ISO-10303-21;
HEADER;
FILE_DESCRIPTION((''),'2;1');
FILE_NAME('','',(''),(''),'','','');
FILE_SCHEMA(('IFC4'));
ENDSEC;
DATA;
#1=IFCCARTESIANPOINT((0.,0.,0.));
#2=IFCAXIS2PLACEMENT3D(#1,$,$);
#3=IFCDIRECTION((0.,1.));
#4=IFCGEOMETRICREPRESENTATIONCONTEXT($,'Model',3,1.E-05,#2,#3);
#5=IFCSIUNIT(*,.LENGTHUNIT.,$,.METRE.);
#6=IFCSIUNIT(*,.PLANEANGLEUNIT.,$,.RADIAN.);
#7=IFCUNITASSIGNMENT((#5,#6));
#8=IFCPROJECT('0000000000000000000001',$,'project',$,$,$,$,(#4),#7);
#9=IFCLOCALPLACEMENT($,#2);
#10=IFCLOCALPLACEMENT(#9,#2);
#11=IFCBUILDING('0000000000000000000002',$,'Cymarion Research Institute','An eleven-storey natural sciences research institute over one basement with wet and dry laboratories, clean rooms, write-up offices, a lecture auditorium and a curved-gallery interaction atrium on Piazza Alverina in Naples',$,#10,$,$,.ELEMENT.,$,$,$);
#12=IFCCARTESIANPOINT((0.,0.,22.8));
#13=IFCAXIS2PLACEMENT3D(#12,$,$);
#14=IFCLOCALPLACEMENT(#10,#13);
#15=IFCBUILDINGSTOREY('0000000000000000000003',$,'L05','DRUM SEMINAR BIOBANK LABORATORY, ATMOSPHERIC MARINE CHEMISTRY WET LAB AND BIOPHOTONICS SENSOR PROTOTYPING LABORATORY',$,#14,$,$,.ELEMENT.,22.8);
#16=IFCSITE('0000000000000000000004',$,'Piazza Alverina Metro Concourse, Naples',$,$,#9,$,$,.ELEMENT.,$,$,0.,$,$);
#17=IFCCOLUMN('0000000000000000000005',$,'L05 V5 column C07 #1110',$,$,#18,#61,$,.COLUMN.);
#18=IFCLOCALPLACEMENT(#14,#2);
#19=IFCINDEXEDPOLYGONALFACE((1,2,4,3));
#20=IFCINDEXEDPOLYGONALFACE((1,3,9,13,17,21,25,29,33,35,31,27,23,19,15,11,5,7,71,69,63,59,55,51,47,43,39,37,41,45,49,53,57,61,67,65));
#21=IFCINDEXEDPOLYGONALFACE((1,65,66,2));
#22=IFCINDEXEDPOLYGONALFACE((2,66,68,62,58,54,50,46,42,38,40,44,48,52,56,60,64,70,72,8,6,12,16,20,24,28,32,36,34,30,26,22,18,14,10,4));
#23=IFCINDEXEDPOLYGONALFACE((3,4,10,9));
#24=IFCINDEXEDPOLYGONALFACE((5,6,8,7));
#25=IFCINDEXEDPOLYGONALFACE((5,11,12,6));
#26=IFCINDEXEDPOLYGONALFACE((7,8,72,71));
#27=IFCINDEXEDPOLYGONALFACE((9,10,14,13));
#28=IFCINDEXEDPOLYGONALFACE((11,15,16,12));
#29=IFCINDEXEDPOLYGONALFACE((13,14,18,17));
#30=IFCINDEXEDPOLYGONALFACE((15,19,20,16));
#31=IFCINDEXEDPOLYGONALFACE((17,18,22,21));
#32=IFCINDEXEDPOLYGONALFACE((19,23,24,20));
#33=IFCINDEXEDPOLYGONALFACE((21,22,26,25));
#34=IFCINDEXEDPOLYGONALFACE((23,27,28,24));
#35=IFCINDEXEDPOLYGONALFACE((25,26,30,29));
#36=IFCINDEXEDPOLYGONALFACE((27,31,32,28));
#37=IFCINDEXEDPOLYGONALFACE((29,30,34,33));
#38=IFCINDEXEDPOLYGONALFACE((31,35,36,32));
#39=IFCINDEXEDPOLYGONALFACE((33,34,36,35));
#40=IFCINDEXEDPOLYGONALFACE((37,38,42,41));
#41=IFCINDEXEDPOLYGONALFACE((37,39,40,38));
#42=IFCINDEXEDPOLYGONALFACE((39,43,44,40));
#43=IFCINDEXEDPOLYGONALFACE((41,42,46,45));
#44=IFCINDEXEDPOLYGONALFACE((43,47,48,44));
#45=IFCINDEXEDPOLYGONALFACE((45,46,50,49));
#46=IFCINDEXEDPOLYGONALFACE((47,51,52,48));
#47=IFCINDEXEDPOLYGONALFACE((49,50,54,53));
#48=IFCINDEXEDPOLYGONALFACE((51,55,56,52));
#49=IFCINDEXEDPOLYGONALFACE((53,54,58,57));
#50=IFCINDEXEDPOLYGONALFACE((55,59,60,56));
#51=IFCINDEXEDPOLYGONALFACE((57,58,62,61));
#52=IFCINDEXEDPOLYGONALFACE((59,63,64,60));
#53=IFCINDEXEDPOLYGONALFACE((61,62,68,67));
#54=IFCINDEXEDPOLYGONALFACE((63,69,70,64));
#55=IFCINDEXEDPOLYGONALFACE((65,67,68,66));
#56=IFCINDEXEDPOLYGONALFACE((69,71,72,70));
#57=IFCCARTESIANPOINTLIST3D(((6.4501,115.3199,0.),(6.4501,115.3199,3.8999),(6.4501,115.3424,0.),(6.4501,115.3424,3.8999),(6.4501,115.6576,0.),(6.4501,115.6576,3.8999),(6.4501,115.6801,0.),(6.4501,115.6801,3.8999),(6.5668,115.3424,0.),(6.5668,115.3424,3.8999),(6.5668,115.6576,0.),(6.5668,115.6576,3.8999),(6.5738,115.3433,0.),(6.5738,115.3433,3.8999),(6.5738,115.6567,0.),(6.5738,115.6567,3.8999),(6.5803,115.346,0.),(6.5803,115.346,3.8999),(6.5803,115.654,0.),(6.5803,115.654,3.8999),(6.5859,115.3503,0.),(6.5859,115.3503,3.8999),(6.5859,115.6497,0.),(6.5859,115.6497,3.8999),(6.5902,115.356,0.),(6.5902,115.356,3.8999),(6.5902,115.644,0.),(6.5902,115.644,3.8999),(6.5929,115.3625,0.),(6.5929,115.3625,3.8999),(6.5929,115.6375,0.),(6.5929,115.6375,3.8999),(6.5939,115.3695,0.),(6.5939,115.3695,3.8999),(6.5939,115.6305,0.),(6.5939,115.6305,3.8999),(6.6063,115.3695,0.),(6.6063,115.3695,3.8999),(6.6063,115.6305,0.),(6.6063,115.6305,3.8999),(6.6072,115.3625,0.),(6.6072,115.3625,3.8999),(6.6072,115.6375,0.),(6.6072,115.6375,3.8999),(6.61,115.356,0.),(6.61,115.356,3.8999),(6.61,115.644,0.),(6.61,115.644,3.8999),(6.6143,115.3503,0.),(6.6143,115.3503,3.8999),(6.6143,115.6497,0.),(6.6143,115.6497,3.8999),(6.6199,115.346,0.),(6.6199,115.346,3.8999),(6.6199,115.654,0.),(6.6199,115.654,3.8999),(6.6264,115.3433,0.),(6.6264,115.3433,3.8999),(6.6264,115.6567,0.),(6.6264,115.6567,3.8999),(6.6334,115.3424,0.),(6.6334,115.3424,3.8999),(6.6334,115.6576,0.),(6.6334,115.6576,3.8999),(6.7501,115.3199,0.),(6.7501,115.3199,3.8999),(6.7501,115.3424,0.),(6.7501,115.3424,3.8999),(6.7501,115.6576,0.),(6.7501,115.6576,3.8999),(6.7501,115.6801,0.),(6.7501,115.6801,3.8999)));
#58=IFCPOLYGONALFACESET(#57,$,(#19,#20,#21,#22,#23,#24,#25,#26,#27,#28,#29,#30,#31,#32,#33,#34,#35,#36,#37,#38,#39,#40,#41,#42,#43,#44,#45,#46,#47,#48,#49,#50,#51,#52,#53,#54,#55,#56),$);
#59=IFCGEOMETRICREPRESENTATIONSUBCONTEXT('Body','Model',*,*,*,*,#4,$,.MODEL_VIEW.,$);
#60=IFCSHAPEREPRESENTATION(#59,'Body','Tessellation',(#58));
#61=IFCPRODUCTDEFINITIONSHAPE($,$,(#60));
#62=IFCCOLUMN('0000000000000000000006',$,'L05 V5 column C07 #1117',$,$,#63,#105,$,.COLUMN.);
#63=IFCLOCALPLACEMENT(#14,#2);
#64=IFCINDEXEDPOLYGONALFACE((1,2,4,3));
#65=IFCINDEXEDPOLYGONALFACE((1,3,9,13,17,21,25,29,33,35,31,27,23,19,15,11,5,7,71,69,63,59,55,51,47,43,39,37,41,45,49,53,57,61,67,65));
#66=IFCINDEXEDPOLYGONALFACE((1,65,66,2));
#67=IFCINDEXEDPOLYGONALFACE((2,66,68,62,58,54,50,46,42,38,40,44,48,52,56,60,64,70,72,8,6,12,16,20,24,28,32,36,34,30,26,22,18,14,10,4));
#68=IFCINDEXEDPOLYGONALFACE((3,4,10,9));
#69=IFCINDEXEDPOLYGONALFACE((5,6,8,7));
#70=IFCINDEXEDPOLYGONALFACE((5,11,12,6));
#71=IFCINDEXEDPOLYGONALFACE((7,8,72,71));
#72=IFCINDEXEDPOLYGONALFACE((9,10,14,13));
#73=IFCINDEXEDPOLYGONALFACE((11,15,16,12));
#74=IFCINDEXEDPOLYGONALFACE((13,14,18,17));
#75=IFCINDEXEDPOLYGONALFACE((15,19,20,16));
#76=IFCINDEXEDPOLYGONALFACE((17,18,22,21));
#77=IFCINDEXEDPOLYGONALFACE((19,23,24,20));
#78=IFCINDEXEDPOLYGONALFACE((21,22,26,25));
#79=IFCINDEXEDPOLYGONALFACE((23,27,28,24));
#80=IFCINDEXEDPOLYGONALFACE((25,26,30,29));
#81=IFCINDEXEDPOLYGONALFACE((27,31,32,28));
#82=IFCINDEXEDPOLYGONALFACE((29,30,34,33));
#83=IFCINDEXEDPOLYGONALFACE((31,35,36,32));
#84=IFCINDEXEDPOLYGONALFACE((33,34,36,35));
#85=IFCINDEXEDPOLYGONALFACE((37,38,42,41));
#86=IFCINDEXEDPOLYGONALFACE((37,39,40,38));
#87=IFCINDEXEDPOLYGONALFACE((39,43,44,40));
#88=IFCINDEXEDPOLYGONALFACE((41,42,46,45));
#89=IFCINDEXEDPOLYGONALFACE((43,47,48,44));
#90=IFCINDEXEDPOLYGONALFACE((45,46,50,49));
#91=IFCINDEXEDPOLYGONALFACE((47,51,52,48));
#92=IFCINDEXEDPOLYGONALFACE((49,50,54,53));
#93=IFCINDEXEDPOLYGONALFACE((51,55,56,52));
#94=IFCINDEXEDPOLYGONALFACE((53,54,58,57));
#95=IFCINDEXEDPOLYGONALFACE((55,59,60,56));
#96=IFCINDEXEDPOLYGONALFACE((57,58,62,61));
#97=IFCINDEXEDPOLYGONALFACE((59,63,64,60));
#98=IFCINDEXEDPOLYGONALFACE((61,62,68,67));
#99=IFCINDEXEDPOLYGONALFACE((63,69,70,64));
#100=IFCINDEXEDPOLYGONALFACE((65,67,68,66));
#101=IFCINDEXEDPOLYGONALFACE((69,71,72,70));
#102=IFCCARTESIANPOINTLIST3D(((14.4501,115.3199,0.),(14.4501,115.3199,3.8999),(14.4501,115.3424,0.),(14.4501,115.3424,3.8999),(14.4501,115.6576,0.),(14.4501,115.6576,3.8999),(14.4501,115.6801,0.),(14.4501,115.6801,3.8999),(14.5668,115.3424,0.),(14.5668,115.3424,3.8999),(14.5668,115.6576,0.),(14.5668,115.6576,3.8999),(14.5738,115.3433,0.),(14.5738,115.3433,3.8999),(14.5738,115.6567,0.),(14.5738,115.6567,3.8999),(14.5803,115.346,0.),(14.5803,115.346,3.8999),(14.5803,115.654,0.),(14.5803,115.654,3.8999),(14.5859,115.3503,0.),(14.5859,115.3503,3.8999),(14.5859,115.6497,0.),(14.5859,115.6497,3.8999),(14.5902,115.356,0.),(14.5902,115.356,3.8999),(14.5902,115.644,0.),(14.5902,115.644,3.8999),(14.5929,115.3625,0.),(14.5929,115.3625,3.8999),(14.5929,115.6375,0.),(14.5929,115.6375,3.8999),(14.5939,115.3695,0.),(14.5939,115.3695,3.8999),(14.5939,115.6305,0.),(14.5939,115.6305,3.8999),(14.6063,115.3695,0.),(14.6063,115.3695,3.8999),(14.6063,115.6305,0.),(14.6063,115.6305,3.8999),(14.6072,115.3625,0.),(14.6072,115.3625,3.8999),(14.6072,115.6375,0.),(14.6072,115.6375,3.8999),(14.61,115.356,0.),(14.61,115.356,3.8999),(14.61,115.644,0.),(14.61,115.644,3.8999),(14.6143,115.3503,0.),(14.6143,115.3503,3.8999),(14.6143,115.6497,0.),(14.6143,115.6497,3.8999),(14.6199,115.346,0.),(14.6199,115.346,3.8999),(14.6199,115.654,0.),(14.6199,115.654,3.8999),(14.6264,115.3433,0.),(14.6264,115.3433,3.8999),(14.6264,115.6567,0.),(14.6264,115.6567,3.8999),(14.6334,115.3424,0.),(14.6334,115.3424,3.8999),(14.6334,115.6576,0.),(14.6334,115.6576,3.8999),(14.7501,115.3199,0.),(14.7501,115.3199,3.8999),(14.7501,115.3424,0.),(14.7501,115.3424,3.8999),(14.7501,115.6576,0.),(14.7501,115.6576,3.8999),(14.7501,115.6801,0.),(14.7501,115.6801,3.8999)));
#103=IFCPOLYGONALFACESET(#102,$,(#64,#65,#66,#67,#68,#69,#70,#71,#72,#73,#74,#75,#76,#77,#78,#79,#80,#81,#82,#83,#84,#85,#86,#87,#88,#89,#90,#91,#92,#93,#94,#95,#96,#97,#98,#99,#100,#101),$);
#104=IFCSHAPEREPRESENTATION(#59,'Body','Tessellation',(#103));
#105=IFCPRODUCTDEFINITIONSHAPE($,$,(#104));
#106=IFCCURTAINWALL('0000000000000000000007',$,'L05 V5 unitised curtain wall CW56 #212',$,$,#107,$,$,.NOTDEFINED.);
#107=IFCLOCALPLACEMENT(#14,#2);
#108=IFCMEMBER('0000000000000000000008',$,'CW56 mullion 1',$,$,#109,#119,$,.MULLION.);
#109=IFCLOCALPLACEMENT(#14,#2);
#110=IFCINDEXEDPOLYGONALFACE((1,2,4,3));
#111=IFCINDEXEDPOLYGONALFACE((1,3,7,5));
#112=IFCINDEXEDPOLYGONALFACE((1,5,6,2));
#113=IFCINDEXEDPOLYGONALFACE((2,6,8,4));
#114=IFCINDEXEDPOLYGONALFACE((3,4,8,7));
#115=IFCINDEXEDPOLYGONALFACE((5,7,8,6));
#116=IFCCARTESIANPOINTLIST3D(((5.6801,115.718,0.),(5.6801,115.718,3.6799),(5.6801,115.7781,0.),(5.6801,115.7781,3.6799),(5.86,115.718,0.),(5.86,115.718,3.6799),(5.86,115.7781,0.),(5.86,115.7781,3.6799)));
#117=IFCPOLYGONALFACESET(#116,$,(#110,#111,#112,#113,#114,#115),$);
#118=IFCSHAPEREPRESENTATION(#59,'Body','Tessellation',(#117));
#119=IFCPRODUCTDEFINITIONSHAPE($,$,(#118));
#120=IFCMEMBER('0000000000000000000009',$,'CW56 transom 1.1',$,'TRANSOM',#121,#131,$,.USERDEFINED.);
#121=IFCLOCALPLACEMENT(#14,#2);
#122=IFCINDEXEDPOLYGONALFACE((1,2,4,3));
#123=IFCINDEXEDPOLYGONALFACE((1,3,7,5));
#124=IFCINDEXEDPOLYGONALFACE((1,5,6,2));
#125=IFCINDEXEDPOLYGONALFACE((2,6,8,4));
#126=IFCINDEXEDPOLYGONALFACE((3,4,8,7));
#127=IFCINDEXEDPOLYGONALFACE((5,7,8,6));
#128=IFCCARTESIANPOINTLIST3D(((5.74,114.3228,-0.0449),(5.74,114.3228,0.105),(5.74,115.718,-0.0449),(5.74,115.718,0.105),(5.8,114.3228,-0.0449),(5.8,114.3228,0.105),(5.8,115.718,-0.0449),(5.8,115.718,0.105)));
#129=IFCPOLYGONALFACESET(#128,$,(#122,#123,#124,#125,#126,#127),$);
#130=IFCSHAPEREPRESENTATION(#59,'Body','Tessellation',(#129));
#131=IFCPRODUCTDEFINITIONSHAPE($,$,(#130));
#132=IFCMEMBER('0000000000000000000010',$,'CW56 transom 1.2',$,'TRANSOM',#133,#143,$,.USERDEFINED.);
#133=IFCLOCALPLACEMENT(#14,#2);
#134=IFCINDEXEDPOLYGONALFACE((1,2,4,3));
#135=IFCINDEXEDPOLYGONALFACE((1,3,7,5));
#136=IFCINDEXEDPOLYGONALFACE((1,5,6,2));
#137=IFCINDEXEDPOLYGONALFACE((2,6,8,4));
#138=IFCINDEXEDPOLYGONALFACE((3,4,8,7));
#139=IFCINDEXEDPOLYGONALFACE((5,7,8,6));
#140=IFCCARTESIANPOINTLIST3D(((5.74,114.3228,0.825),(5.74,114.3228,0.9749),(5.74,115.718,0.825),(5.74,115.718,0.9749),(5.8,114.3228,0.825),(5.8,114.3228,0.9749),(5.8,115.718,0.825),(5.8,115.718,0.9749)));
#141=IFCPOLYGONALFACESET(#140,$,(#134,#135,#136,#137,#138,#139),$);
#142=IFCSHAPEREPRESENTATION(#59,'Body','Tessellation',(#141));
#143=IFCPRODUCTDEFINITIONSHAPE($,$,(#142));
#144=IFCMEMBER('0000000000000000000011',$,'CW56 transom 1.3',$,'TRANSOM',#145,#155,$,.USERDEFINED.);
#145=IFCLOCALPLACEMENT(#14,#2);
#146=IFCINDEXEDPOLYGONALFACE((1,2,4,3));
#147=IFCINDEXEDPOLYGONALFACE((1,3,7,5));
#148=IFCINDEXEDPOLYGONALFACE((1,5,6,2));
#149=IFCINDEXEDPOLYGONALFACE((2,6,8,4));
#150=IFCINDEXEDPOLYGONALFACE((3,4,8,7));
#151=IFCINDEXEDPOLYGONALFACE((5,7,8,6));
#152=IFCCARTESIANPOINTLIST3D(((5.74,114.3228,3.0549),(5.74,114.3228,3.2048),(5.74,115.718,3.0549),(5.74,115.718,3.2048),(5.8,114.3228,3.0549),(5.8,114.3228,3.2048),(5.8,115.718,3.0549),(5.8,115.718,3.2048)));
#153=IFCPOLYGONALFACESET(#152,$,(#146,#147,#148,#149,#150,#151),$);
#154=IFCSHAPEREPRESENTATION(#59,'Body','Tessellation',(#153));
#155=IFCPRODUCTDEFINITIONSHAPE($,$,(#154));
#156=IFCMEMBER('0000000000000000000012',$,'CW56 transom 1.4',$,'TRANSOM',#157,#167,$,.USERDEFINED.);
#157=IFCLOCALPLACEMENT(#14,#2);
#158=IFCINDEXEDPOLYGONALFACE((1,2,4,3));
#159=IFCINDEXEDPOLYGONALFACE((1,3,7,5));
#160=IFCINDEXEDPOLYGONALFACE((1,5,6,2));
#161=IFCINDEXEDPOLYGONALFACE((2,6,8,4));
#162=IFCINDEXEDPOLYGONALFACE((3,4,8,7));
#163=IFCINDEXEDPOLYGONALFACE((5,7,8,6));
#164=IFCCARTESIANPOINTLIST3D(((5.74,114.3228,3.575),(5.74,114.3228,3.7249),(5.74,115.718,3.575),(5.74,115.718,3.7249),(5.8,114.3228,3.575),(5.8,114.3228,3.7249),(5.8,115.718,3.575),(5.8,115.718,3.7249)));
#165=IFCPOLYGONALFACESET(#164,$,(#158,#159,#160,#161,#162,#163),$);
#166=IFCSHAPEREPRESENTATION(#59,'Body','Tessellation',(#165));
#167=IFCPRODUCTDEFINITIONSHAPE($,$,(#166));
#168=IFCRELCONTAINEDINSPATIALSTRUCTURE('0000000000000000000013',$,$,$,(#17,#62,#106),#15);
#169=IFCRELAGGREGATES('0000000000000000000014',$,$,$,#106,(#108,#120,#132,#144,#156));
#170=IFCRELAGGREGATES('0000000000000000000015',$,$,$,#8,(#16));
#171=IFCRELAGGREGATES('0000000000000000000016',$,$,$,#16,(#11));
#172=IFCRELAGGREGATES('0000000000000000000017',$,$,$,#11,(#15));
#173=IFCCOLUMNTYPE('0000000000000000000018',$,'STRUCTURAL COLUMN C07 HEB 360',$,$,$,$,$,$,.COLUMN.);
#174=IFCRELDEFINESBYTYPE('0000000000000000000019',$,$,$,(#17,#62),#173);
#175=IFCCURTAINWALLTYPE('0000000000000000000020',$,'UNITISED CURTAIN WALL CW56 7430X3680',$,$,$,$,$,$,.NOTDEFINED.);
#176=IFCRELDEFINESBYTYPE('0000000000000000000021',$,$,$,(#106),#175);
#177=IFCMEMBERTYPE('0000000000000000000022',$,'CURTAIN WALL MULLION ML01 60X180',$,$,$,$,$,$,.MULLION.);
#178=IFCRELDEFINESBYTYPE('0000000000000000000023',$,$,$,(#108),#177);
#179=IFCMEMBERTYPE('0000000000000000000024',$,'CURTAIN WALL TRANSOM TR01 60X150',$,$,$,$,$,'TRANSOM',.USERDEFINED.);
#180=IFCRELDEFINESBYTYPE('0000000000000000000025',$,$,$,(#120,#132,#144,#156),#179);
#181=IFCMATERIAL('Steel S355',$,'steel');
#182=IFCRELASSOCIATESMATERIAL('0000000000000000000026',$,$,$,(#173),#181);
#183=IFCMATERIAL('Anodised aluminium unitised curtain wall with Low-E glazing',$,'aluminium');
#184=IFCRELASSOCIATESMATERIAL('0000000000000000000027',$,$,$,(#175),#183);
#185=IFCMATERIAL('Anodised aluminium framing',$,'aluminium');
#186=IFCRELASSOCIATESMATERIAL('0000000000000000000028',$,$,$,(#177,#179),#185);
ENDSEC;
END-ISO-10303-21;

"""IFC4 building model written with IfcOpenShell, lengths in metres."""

from ifc_helpers import new_model, si_unit, direction, frame, origin, origin_2d, place, context, subcontext, project, spatial, rectangle, i_section, extrude, material, material_profile, profile_set, type_object, element, aggregate, save


model = new_model("IFC4")

# Units and contexts
model_context = context("Model", 3, precision=1e-05, world=origin(), true_north=direction((0.0, 1.0)))
body_context = subcontext(model_context, "Body", "Model", "MODEL_VIEW")
ifc_project = project(units=[si_unit("LENGTHUNIT", "METRE"), si_unit("PLANEANGLEUNIT", "RADIAN")], contexts=[model_context])

# Site, building, storey
site_placement = place(None, origin())
site = spatial("IfcSite", under=ifc_project, at=site_placement, Name="Piazza Alverina Metro Concourse, Naples", CompositionType="ELEMENT", RefElevation=0.0)
building_placement = place(site_placement, origin())
building = spatial("IfcBuilding", under=site, at=building_placement, Name="Cymarion Research Institute", Description="An eleven-storey natural sciences research institute over one basement with wet and dry laboratories, clean rooms, write-up offices, a lecture auditorium and a curved-gallery interaction atrium on Piazza Alverina in Naples", CompositionType="ELEMENT")
storey_placement = place(building_placement, frame((0.0, 0.0, 22.8)))
storey = spatial("IfcBuildingStorey", under=building, at=storey_placement, Name="L05", Description="DRUM SEMINAR BIOBANK LABORATORY, ATMOSPHERIC MARINE CHEMISTRY WET LAB AND BIOPHOTONICS SENSOR PROTOTYPING LABORATORY", CompositionType="ELEMENT", Elevation=22.8)

# Columns
ifc_material_1 = material(Name="Steel S355", Category="steel")
ifc_material_profile_1 = material_profile(ifc_material_1, i_section(OverallWidth=0.3, OverallDepth=0.3601, WebThickness=0.0125, FlangeThickness=0.0225, FilletRadius=0.0271, at=origin_2d()), Name="HEB 360")
ifc_profile_set_1 = profile_set([ifc_material_profile_1], Name="Steel S355")
column_type = type_object("IfcColumnType", Name="STRUCTURAL COLUMN C07 HEB 360", PredefinedType="COLUMN", material=ifc_profile_set_1)
for number, where, z_axis, x_axis, name in (
    (1, (6.6001, 115.5, 0.0), (0.0, 0.0, 1.0), (1.0, 0.0, 0.0), "L05 V5 column C07 #1110"),
    (2, (14.6001, 115.5, 0.0), (0.0, 0.0, 1.0), (1.0, 0.0, 0.0), "L05 V5 column C07 #1117"),
):
    element("IfcColumn", number, at=place(storey_placement, frame(where, z_axis=z_axis, x_axis=x_axis)), inside=storey, type_object=column_type, Name=name, PredefinedType="COLUMN", context=body_context, shape_type="SweptSolid", body=[
        extrude(i_section(OverallWidth=0.3, OverallDepth=0.3601, WebThickness=0.0125, FlangeThickness=0.0225, FilletRadius=0.0271, at=origin_2d()), origin(), (0.0, 0.0, 1.0), 3.8999),
    ])

# Curtain wall, members
ifc_material_2 = material(Name="Anodised aluminium unitised curtain wall with Low-E glazing", Category="aluminium")
curtain_wall_type = type_object("IfcCurtainWallType", Name="UNITISED CURTAIN WALL CW56 7430X3680", PredefinedType="NOTDEFINED", material=ifc_material_2)
curtain_wall_placement = place(storey_placement, origin())
curtain_wall = element("IfcCurtainWall", 3, at=curtain_wall_placement, inside=storey, type_object=curtain_wall_type, Name="L05 V5 unitised curtain wall CW56 #212", PredefinedType="NOTDEFINED")
ifc_material_3 = material(Name="Anodised aluminium framing", Category="aluminium")
ifc_material_profile_2 = material_profile(ifc_material_3, rectangle(XDim=0.0601, YDim=0.1799, at=origin_2d()), Name="ALU MULLION 60x180")
ifc_profile_set_2 = profile_set([ifc_material_profile_2], Name="Anodised aluminium framing")
member_type_1 = type_object("IfcMemberType", Name="CURTAIN WALL MULLION ML01 60X180", PredefinedType="MULLION", material=ifc_profile_set_2)
member_1_placement = place(storey_placement, frame((5.77, 115.748, 0.0), z_axis=(0.0, 0.0, 1.0), x_axis=(0.0, -1.0, 0.0)))
member_1 = element("IfcMember", 4, at=member_1_placement, type_object=member_type_1, Name="CW56 mullion 1", PredefinedType="MULLION", context=body_context, shape_type="SweptSolid", body=[
    extrude(rectangle(XDim=0.0601, YDim=0.1799, at=origin_2d()), origin(), (0.0, 0.0, 1.0), 3.6799),
])
ifc_material_profile_3 = material_profile(ifc_material_3, rectangle(XDim=0.0601, YDim=0.1499, at=origin_2d()), Name="ALU TRANSOM 60x150")
ifc_profile_set_3 = profile_set([ifc_material_profile_3], Name="Anodised aluminium framing")
member_type_2 = type_object("IfcMemberType", Name="CURTAIN WALL TRANSOM TR01 60X150", ElementType="TRANSOM", PredefinedType="USERDEFINED", material=ifc_profile_set_3)
member_2_placement = place(storey_placement, frame((5.77, 115.718, 0.03), z_axis=(0.0, -1.0, 0.0), x_axis=(1.0, 0.0, 0.0)))
member_2 = element("IfcMember", 5, at=member_2_placement, type_object=member_type_2, Name="CW56 transom 1.1", ObjectType="TRANSOM", PredefinedType="USERDEFINED", context=body_context, shape_type="SweptSolid", body=[
    extrude(rectangle(XDim=0.0601, YDim=0.1499, at=origin_2d()), origin(), (0.0, 0.0, 1.0), 1.3953),
])
member_3_placement = place(storey_placement, frame((5.77, 115.718, 0.8999), z_axis=(0.0, -1.0, 0.0), x_axis=(1.0, 0.0, 0.0)))
member_3 = element("IfcMember", 6, at=member_3_placement, type_object=member_type_2, Name="CW56 transom 1.2", ObjectType="TRANSOM", PredefinedType="USERDEFINED", context=body_context, shape_type="SweptSolid", body=[
    extrude(rectangle(XDim=0.0601, YDim=0.1499, at=origin_2d()), origin(), (0.0, 0.0, 1.0), 1.3953),
])
member_4_placement = place(storey_placement, frame((5.77, 115.718, 3.1299), z_axis=(0.0, -1.0, 0.0), x_axis=(1.0, 0.0, 0.0)))
member_4 = element("IfcMember", 7, at=member_4_placement, type_object=member_type_2, Name="CW56 transom 1.3", ObjectType="TRANSOM", PredefinedType="USERDEFINED", context=body_context, shape_type="SweptSolid", body=[
    extrude(rectangle(XDim=0.0601, YDim=0.1499, at=origin_2d()), origin(), (0.0, 0.0, 1.0), 1.3953),
])
member_5_placement = place(storey_placement, frame((5.77, 115.718, 3.6499), z_axis=(0.0, -1.0, 0.0), x_axis=(1.0, 0.0, 0.0)))
member_5 = element("IfcMember", 8, at=member_5_placement, type_object=member_type_2, Name="CW56 transom 1.4", ObjectType="TRANSOM", PredefinedType="USERDEFINED", context=body_context, shape_type="SweptSolid", body=[
    extrude(rectangle(XDim=0.0601, YDim=0.1499, at=origin_2d()), origin(), (0.0, 0.0, 1.0), 1.3953),
])
aggregate(curtain_wall, [member_1, member_2, member_3, member_4, member_5])

save(model, "model.ifc")
